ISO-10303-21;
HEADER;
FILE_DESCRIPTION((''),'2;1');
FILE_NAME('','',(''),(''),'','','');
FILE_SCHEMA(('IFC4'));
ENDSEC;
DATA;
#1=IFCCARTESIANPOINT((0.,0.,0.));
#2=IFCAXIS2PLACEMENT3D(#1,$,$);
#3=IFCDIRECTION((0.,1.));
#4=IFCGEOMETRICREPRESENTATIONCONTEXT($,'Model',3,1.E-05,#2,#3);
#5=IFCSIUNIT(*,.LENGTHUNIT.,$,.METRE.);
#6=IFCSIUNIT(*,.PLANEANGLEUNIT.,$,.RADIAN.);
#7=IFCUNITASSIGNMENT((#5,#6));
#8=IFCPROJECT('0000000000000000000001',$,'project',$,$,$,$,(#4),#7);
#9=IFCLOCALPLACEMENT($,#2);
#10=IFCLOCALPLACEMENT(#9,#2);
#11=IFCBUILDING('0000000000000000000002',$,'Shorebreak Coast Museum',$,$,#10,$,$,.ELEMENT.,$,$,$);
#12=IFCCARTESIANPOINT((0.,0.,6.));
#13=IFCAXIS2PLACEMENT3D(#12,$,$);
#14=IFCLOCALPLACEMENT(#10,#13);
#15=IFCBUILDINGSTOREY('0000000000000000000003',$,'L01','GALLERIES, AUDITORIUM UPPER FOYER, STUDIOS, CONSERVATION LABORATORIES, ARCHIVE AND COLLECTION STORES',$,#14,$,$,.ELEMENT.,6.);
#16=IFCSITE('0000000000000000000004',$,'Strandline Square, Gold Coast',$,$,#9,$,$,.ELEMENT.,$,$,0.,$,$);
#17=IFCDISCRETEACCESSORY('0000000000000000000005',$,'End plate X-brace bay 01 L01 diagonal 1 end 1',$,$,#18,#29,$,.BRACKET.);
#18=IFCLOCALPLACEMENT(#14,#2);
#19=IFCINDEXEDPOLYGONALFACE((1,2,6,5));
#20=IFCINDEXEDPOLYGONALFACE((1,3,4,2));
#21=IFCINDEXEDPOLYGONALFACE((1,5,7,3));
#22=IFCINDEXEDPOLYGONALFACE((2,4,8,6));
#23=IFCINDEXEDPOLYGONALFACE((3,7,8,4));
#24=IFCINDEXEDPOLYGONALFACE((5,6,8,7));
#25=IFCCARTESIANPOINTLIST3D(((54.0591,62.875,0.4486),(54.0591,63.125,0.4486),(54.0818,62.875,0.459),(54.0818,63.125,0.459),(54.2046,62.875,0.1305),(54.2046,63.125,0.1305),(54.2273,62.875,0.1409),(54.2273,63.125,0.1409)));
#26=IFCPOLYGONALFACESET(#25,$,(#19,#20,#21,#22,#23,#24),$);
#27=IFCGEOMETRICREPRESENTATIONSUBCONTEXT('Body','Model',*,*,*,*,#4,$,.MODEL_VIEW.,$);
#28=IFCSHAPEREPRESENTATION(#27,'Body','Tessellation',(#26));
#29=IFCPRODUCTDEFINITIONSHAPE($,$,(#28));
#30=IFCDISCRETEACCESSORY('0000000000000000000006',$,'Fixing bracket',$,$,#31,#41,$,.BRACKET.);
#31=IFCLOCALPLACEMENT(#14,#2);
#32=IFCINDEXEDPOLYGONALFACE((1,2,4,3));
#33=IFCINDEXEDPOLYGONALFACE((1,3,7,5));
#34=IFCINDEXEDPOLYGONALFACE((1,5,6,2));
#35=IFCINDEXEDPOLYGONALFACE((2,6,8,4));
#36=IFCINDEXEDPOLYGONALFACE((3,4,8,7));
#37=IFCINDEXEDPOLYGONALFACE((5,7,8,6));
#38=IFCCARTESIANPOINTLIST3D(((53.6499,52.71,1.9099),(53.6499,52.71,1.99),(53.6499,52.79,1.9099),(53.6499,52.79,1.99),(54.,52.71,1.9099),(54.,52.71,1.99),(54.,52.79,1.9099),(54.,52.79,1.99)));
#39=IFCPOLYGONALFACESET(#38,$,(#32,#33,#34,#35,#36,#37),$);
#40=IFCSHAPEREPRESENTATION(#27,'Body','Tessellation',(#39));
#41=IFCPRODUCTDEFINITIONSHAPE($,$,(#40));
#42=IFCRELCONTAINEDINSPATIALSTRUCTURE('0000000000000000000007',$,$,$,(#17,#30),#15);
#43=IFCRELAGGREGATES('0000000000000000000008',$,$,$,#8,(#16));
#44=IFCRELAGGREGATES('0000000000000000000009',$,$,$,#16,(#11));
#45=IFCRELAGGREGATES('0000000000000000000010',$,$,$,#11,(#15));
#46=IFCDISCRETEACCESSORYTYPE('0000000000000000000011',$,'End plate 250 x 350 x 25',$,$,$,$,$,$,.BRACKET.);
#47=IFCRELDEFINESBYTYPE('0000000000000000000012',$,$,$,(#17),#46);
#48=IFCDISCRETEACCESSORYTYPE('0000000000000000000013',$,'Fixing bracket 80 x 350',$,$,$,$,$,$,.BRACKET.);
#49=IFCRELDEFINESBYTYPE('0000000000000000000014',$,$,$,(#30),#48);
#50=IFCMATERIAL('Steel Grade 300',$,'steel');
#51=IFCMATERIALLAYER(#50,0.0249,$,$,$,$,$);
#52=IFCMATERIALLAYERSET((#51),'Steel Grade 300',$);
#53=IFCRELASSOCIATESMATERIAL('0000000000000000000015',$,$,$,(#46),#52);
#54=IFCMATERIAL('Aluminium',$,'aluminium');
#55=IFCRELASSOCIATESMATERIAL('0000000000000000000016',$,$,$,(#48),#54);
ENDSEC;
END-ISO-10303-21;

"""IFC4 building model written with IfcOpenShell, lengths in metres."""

from ifc_helpers import new_model, si_unit, direction, frame, origin, origin_2d, place, context, subcontext, project, spatial, polyline, rectangle, outline, extrude, material, layer, layer_set, type_object, element, save


model = new_model("IFC4")

# Units and contexts
model_context = context("Model", 3, precision=1e-05, world=origin(), true_north=direction((0.0, 1.0)))
body_context = subcontext(model_context, "Body", "Model", "MODEL_VIEW")
ifc_project = project(units=[si_unit("LENGTHUNIT", "METRE"), si_unit("PLANEANGLEUNIT", "RADIAN")], contexts=[model_context])

# Site, building, storey
site_placement = place(None, origin())
site = spatial("IfcSite", under=ifc_project, at=site_placement, Name="Strandline Square, Gold Coast", CompositionType="ELEMENT", RefElevation=0.0)
building_placement = place(site_placement, origin())
building = spatial("IfcBuilding", under=site, at=building_placement, Name="Shorebreak Coast Museum", CompositionType="ELEMENT")
storey_placement = place(building_placement, frame((0.0, 0.0, 6.0)))
storey = spatial("IfcBuildingStorey", under=building, at=storey_placement, Name="L01", Description="GALLERIES, AUDITORIUM UPPER FOYER, STUDIOS, CONSERVATION LABORATORIES, ARCHIVE AND COLLECTION STORES", CompositionType="ELEMENT", Elevation=6.0)

# Discrete accessories
ifc_material_1 = material(Name="Steel Grade 300", Category="steel")
ifc_layer_1 = layer(ifc_material_1, 0.0249)
ifc_layer_set_1 = layer_set([ifc_layer_1], Name="Steel Grade 300")
discrete_accessory_type_1 = type_object("IfcDiscreteAccessoryType", Name="End plate 250 x 350 x 25", PredefinedType="BRACKET", material=ifc_layer_set_1)
discrete_accessory_1_placement = place(storey_placement, frame((54.2273, 62.875, 0.1409), z_axis=(0.909384, 0.0, 0.415958), x_axis=(0.0, 1.0, 0.0)))
element("IfcDiscreteAccessory", 1, at=discrete_accessory_1_placement, inside=storey, type_object=discrete_accessory_type_1, Name="End plate X-brace bay 01 L01 diagonal 1 end 1", PredefinedType="BRACKET", context=body_context, shape_type="SweptSolid", body=[
    extrude(outline(polyline([(0.0, 0.0), (0.25, 0.0), (0.25, 0.3498), (0.0, 0.3498), (0.0, 0.0)])), origin(), (0.0, 0.0, -1.0), 0.0249),
])
ifc_material_2 = material(Name="Aluminium", Category="aluminium")
discrete_accessory_type_2 = type_object("IfcDiscreteAccessoryType", Name="Fixing bracket 80 x 350", PredefinedType="BRACKET", material=ifc_material_2)
discrete_accessory_2_placement = place(storey_placement, frame((53.825, 52.75, 1.9099), z_axis=(0.0, 0.0, 1.0), x_axis=(1.0, 0.0, 0.0)))
element("IfcDiscreteAccessory", 2, at=discrete_accessory_2_placement, inside=storey, type_object=discrete_accessory_type_2, Name="Fixing bracket", PredefinedType="BRACKET", context=body_context, shape_type="SweptSolid", body=[
    extrude(rectangle(XDim=0.3501, YDim=0.0801, at=origin_2d()), origin(), (0.0, 0.0, 1.0), 0.0801),
])

save(model, "model.ifc")
